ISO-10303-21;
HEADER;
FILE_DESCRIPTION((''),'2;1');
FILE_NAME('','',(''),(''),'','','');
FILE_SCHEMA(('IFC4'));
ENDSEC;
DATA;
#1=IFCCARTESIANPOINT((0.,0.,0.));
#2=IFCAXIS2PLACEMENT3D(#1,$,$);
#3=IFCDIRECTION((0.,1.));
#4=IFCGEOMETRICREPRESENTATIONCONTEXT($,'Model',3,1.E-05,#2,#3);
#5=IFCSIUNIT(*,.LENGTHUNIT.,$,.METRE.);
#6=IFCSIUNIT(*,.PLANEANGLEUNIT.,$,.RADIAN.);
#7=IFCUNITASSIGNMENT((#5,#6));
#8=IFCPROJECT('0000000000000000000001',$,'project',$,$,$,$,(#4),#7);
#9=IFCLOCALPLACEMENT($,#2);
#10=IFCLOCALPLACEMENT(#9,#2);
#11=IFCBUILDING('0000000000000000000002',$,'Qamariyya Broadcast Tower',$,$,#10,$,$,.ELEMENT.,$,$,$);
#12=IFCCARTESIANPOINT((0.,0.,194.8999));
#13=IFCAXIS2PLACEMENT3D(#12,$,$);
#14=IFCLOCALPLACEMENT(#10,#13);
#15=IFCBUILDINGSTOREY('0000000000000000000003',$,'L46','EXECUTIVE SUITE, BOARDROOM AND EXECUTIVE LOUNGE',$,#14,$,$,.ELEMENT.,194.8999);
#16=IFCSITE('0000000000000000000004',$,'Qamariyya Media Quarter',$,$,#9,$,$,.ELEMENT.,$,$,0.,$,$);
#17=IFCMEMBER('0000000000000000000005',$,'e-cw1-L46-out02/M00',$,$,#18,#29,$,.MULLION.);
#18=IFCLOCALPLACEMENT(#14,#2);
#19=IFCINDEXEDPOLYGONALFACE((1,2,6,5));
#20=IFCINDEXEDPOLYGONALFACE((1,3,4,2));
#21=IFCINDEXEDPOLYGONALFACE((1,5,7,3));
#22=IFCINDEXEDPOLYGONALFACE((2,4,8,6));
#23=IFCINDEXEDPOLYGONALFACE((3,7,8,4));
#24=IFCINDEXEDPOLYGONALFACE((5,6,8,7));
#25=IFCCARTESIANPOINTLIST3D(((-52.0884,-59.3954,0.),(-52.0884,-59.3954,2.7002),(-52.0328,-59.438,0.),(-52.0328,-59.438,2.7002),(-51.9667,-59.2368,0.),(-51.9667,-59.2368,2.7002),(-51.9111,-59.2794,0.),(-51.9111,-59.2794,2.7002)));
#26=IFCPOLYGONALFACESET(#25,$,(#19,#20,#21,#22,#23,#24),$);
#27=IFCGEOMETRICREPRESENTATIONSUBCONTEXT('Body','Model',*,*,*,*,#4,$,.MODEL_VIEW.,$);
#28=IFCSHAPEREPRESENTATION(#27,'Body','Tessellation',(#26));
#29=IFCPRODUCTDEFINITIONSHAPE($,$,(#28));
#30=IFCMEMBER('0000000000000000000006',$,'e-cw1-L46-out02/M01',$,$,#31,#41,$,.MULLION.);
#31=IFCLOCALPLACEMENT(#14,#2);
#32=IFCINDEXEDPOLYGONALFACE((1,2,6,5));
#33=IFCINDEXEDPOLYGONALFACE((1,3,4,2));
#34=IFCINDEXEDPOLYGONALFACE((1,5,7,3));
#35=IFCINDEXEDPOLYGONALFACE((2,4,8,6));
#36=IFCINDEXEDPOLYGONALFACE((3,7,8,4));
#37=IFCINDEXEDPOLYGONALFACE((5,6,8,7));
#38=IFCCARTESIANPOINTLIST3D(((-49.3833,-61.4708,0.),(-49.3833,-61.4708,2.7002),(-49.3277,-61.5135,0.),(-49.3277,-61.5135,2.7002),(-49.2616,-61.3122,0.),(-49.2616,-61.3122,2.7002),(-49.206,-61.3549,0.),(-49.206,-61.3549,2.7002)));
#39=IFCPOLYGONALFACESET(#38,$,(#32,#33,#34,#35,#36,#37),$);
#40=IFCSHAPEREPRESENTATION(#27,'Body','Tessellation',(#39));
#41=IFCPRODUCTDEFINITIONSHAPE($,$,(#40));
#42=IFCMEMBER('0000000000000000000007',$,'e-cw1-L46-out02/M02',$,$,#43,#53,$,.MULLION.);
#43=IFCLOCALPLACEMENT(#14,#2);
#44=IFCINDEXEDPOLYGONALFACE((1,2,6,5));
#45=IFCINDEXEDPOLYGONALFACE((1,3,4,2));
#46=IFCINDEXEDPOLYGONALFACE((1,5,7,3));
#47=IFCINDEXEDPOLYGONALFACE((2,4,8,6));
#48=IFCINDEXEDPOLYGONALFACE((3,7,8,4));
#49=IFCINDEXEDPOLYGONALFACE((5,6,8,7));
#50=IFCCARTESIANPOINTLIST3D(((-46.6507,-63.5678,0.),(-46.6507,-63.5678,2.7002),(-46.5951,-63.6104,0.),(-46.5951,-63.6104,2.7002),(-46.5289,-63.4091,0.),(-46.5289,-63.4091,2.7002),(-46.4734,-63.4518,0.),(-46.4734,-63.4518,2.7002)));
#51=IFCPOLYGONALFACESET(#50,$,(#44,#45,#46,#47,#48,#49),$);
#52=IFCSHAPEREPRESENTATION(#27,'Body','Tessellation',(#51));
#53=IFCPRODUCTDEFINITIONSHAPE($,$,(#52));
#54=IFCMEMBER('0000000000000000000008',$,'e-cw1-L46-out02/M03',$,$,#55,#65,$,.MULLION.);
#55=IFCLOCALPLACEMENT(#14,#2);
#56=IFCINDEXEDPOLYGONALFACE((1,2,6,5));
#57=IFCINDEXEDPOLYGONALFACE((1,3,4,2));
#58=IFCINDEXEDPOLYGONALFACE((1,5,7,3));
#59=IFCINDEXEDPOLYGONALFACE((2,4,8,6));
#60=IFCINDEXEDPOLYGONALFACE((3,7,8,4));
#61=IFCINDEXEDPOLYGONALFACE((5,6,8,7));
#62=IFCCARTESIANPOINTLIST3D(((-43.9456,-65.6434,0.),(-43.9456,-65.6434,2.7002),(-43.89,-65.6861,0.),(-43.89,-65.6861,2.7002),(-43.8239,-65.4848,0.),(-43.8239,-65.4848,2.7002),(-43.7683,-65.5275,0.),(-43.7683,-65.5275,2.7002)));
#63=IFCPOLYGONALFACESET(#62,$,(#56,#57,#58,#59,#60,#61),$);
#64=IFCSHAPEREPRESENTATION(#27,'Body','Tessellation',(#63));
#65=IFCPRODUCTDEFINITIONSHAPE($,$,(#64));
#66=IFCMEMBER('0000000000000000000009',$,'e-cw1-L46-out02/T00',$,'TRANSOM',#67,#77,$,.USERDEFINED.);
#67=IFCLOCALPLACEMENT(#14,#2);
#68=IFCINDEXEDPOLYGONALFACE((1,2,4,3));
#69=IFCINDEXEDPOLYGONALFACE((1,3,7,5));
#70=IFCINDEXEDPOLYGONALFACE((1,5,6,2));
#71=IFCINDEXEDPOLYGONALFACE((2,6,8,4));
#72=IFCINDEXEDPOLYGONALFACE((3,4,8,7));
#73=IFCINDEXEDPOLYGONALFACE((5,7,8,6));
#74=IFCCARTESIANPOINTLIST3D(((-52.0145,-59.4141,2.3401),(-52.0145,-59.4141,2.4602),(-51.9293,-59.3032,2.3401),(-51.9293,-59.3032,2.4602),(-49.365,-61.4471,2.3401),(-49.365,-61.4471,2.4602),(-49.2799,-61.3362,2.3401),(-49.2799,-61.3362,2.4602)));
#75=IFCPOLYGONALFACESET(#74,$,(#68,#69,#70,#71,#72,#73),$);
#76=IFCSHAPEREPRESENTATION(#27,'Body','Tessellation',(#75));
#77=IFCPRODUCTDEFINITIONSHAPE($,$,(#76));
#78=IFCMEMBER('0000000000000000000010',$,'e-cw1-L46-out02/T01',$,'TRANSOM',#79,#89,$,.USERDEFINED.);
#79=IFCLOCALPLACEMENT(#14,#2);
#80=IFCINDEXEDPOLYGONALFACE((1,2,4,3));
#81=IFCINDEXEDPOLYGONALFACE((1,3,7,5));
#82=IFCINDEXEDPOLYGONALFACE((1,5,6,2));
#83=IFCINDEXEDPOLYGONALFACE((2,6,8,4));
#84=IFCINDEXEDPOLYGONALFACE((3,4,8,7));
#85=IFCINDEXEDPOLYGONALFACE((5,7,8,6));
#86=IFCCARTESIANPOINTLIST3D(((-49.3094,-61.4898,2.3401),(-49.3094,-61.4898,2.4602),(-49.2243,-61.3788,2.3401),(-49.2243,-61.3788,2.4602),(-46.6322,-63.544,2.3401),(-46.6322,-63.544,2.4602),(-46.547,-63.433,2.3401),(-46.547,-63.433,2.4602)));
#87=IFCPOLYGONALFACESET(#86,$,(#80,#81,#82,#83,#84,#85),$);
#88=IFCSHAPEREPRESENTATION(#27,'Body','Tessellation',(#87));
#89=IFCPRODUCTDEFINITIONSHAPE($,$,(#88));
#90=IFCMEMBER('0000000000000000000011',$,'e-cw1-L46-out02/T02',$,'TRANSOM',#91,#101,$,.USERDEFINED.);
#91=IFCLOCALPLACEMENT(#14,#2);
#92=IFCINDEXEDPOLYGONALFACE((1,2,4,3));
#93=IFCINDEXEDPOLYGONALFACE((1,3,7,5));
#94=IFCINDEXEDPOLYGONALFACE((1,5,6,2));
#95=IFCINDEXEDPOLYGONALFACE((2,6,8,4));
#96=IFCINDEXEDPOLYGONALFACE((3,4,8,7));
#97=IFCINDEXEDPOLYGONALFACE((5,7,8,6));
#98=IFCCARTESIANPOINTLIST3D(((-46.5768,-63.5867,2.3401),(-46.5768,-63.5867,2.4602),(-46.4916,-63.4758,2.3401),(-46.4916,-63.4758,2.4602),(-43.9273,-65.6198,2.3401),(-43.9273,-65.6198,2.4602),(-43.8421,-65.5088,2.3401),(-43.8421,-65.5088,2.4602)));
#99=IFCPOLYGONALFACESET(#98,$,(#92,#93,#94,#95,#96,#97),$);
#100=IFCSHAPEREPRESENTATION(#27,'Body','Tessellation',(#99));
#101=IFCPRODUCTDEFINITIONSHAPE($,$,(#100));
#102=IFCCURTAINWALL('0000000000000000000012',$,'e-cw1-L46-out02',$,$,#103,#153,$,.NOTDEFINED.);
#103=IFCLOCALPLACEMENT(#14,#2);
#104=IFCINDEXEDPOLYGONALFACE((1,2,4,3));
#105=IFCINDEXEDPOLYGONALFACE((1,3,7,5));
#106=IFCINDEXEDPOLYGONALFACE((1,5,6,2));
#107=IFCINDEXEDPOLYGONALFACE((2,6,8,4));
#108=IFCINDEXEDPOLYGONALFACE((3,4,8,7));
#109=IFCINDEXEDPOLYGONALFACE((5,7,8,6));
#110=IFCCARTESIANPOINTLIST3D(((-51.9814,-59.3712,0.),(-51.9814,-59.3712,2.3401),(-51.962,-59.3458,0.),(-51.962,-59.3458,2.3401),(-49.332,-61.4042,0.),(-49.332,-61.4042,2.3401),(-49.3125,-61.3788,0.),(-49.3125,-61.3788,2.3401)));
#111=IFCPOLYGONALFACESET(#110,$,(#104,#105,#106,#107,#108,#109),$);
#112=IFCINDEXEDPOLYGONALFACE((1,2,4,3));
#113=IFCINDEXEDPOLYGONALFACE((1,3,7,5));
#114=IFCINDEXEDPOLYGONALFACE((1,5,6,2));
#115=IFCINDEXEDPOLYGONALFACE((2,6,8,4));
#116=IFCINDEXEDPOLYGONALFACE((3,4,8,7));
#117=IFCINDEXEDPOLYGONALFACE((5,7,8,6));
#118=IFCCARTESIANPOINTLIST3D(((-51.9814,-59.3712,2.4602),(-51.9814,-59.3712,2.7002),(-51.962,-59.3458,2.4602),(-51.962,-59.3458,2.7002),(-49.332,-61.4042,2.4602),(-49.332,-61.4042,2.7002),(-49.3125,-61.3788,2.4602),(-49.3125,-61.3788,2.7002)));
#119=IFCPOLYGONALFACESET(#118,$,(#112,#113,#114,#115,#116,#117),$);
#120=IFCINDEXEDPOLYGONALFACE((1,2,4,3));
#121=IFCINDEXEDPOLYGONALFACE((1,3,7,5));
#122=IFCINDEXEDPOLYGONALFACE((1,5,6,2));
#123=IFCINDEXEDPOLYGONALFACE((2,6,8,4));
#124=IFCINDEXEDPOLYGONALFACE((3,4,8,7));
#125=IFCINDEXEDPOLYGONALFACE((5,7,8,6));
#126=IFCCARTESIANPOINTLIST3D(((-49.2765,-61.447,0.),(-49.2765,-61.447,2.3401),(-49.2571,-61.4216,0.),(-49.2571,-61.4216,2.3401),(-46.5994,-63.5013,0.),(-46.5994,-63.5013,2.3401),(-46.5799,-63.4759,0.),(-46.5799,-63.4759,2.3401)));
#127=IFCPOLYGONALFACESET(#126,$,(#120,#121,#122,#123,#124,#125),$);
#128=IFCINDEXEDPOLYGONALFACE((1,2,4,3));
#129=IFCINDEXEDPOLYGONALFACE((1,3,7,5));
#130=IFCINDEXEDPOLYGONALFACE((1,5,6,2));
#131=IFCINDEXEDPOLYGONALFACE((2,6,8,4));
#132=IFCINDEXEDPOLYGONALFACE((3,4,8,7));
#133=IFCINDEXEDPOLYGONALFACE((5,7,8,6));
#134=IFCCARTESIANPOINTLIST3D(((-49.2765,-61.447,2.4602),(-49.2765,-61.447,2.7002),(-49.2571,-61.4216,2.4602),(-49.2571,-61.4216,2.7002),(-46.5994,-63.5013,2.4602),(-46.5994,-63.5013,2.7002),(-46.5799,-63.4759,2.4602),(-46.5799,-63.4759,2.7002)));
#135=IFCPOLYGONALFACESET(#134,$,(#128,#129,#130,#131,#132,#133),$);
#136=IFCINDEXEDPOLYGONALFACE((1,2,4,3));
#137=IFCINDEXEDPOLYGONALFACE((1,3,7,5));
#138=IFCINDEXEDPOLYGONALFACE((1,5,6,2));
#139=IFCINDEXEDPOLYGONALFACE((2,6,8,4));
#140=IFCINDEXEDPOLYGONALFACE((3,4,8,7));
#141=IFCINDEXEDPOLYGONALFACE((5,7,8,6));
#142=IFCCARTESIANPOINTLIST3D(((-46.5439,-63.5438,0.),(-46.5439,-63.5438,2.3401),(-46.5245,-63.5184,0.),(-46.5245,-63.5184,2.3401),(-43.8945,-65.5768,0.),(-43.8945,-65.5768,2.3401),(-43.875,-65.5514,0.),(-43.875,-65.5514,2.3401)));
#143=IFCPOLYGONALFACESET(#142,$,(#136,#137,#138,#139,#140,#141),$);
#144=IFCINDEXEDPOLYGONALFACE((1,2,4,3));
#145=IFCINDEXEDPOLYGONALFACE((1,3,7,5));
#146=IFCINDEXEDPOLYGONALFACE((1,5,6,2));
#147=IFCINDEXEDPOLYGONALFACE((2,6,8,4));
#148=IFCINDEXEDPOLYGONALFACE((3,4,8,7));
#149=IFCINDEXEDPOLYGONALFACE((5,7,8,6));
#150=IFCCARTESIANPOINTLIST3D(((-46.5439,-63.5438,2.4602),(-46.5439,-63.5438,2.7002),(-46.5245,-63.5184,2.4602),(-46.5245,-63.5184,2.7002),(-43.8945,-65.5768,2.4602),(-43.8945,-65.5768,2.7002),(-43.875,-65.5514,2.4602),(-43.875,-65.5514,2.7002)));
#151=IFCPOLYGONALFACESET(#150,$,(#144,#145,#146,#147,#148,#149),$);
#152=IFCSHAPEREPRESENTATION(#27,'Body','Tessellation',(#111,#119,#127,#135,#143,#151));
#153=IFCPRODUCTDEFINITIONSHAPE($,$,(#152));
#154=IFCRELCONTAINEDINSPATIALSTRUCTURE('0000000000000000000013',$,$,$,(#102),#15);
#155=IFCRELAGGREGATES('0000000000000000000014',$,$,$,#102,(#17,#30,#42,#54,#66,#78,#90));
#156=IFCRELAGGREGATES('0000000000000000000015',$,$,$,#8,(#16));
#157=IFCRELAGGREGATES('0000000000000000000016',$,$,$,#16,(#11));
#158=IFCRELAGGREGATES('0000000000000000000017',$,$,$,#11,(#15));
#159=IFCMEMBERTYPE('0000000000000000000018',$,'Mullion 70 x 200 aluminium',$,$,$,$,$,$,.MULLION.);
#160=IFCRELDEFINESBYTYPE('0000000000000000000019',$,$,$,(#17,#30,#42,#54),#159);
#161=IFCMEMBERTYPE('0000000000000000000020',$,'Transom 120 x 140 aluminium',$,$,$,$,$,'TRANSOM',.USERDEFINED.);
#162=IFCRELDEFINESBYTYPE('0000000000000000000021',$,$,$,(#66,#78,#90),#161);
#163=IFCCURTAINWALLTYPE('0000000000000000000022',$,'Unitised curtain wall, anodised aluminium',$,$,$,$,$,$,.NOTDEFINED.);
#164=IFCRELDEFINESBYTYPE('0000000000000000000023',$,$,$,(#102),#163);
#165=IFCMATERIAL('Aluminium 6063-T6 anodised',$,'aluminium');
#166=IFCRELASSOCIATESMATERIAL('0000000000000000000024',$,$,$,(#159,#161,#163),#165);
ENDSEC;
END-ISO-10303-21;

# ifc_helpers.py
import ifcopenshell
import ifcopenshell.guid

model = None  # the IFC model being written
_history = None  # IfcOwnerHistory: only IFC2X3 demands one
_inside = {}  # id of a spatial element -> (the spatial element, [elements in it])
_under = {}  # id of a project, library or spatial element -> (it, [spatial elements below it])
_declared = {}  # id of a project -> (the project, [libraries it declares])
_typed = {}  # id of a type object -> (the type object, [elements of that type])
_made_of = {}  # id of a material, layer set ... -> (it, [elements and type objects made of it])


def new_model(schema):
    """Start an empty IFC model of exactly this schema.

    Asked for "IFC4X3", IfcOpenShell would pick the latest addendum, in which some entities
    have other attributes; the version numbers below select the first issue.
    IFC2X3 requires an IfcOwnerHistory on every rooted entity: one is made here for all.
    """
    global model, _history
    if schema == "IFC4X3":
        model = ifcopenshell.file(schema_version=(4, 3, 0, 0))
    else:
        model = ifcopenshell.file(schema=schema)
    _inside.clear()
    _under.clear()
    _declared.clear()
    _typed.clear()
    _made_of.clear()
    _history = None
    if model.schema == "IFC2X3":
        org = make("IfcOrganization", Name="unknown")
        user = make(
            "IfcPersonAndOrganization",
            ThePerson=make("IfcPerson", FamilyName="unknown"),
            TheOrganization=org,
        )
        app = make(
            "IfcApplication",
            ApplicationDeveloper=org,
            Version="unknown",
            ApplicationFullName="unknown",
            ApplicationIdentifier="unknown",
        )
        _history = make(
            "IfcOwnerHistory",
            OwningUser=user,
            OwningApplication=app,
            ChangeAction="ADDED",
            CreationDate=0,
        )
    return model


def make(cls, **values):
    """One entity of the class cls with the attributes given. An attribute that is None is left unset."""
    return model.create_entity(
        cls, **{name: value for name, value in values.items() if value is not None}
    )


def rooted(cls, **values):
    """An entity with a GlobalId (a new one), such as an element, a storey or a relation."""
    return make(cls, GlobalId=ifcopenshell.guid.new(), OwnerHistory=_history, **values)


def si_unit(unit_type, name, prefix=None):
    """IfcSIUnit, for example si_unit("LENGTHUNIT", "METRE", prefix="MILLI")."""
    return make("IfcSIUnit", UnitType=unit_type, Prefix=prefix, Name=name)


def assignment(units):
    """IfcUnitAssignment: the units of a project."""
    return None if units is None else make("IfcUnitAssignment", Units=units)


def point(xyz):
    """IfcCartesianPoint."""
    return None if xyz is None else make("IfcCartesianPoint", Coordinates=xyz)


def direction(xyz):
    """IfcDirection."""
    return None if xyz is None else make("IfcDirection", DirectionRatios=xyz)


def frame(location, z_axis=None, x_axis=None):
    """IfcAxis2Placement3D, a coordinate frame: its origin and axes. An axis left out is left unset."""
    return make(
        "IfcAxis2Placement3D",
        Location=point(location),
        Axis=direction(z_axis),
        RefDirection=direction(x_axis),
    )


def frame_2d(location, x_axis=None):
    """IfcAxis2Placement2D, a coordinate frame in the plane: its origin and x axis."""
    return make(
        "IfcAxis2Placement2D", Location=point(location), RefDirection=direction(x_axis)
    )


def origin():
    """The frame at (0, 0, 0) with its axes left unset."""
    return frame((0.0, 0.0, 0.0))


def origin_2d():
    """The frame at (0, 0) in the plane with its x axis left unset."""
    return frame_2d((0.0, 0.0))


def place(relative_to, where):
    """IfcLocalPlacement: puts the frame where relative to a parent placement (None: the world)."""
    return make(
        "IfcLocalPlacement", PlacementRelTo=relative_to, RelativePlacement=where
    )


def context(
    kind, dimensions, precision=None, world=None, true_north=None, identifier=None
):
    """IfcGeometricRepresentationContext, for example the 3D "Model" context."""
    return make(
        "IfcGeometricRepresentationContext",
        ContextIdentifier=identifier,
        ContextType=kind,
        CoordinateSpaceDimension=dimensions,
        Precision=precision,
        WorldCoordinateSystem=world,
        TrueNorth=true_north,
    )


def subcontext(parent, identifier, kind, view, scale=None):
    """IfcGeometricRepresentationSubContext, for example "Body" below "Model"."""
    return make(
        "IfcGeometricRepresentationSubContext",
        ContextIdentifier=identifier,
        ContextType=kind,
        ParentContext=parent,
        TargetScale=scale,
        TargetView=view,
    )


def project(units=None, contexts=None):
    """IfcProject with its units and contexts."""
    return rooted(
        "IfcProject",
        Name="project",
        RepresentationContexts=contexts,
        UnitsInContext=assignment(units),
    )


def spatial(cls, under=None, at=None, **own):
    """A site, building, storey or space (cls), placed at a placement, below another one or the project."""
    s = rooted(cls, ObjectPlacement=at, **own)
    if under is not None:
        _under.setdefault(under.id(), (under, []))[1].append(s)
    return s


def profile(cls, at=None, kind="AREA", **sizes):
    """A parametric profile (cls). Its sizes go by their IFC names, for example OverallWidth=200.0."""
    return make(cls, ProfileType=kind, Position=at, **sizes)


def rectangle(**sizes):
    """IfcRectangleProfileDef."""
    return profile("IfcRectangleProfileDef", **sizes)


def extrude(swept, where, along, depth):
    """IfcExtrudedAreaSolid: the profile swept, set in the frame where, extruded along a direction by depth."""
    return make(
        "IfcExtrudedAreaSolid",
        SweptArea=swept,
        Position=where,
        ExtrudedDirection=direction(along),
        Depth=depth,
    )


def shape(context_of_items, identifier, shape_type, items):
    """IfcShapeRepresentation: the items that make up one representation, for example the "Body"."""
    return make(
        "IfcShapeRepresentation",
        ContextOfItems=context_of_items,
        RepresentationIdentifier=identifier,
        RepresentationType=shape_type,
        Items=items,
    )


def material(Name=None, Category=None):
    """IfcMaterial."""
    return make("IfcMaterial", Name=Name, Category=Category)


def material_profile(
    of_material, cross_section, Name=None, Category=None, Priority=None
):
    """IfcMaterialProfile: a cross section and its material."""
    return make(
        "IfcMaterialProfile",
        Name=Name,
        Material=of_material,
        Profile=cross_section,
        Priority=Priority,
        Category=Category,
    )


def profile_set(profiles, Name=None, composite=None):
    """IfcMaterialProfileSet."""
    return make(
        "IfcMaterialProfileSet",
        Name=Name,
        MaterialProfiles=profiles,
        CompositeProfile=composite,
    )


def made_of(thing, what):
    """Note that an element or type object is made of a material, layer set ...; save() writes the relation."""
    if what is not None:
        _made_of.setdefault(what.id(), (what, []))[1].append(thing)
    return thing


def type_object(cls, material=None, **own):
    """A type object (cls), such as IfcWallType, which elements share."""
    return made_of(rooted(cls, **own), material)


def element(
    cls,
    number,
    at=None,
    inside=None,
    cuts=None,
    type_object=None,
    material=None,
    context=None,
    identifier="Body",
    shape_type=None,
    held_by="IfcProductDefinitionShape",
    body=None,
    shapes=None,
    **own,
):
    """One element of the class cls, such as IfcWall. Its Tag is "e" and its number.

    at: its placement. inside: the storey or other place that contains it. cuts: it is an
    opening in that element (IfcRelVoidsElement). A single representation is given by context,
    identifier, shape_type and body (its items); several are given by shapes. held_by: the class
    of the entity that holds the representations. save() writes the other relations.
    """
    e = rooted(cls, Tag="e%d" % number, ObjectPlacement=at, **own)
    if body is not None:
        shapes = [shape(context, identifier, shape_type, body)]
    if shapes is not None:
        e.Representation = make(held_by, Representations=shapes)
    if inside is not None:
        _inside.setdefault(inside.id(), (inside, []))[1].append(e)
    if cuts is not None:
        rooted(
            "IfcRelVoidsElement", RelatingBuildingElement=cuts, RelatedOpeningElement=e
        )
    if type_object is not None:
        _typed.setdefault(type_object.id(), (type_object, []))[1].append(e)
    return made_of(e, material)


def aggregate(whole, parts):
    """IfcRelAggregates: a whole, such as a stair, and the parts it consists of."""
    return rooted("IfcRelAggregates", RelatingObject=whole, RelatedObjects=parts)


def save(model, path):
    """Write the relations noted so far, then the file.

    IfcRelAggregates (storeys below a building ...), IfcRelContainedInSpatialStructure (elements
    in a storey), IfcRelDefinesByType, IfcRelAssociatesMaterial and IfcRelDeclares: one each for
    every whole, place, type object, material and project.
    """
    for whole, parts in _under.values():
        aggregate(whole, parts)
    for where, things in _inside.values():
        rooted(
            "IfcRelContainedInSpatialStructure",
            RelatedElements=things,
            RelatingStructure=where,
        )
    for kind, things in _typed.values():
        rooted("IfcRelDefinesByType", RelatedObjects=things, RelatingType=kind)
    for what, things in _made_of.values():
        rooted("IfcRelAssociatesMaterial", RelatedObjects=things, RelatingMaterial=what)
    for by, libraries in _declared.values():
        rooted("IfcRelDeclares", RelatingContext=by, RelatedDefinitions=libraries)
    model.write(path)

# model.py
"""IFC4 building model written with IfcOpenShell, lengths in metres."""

from ifc_helpers import new_model, si_unit, direction, frame, origin, origin_2d, place, context, subcontext, project, spatial, rectangle, extrude, material, material_profile, profile_set, type_object, element, aggregate, save


model = new_model("IFC4")

# Units and contexts
model_context = context("Model", 3, precision=1e-05, world=origin(), true_north=direction((0.0, 1.0)))
body_context = subcontext(model_context, "Body", "Model", "MODEL_VIEW")
ifc_project = project(units=[si_unit("LENGTHUNIT", "METRE"), si_unit("PLANEANGLEUNIT", "RADIAN")], contexts=[model_context])

# Members
ifc_material = material(Name="Aluminium 6063-T6 anodised", Category="aluminium")
ifc_material_profile_1 = material_profile(ifc_material, rectangle(XDim=0.2, YDim=0.0701, at=origin_2d()))
ifc_profile_set_1 = profile_set([ifc_material_profile_1], Name="Aluminium 6063-T6 anodised")
member_type_1 = type_object("IfcMemberType", Name="Mullion 70 x 200 aluminium", PredefinedType="MULLION", material=ifc_profile_set_1)
site_placement = place(None, origin())
building_placement = place(site_placement, origin())
storey_placement = place(building_placement, frame((0.0, 0.0, 194.8999)))
member_1_placement = place(storey_placement, frame((-51.9998, -59.3374, 0.0), z_axis=(0.0, 0.0, 1.0), x_axis=(0.608761, 0.793353, 0.0)))
member_1 = element("IfcMember", 1, at=member_1_placement, type_object=member_type_1, Name="e-cw1-L46-out02/M00", PredefinedType="MULLION", context=body_context, shape_type="SweptSolid", body=[
    extrude(rectangle(XDim=0.2, YDim=0.0701, at=origin_2d()), origin(), (0.0, 0.0, 1.0), 2.7002),
])
member_2_placement = place(storey_placement, frame((-49.2947, -61.4128, 0.0), z_axis=(0.0, 0.0, 1.0), x_axis=(0.608761, 0.793353, 0.0)))
member_2 = element("IfcMember", 2, at=member_2_placement, type_object=member_type_1, Name="e-cw1-L46-out02/M01", PredefinedType="MULLION", context=body_context, shape_type="SweptSolid", body=[
    extrude(rectangle(XDim=0.2, YDim=0.0701, at=origin_2d()), origin(), (0.0, 0.0, 1.0), 2.7002),
])
member_3_placement = place(storey_placement, frame((-46.562, -63.5098, 0.0), z_axis=(0.0, 0.0, 1.0), x_axis=(0.608761, 0.793353, 0.0)))
member_3 = element("IfcMember", 3, at=member_3_placement, type_object=member_type_1, Name="e-cw1-L46-out02/M02", PredefinedType="MULLION", context=body_context, shape_type="SweptSolid", body=[
    extrude(rectangle(XDim=0.2, YDim=0.0701, at=origin_2d()), origin(), (0.0, 0.0, 1.0), 2.7002),
])
member_4_placement = place(storey_placement, frame((-43.8569, -65.5854, 0.0), z_axis=(0.0, 0.0, 1.0), x_axis=(0.608761, 0.793353, 0.0)))
member_4 = element("IfcMember", 4, at=member_4_placement, type_object=member_type_1, Name="e-cw1-L46-out02/M03", PredefinedType="MULLION", context=body_context, shape_type="SweptSolid", body=[
    extrude(rectangle(XDim=0.2, YDim=0.0701, at=origin_2d()), origin(), (0.0, 0.0, 1.0), 2.7002),
])
ifc_material_profile_2 = material_profile(ifc_material, rectangle(XDim=0.1399, YDim=0.1201, at=origin_2d()))
ifc_profile_set_2 = profile_set([ifc_material_profile_2], Name="Aluminium 6063-T6 anodised")
member_type_2 = type_object("IfcMemberType", Name="Transom 120 x 140 aluminium", ElementType="TRANSOM", PredefinedType="USERDEFINED", material=ifc_profile_set_2)
member_5_placement = place(storey_placement, frame((-51.9719, -59.3586, 2.4001), z_axis=(0.793354, -0.60876, 0.0), x_axis=(0.60876, 0.793354, 0.0)))
member_5 = element("IfcMember", 5, at=member_5_placement, type_object=member_type_2, Name="e-cw1-L46-out02/T00", ObjectType="TRANSOM", PredefinedType="USERDEFINED", context=body_context, shape_type="SweptSolid", body=[
    extrude(rectangle(XDim=0.1399, YDim=0.1201, at=origin_2d()), origin(), (0.0, 0.0, 1.0), 3.3396),
])
member_6_placement = place(storey_placement, frame((-49.2668, -61.4343, 2.4001), z_axis=(0.793371, -0.608738, 0.0), x_axis=(0.608738, 0.793371, 0.0)))
member_6 = element("IfcMember", 6, at=member_6_placement, type_object=member_type_2, Name="e-cw1-L46-out02/T01", ObjectType="TRANSOM", PredefinedType="USERDEFINED", context=body_context, shape_type="SweptSolid", body=[
    extrude(rectangle(XDim=0.1399, YDim=0.1201, at=origin_2d()), origin(), (0.0, 0.0, 1.0), 3.3745),
])
member_7_placement = place(storey_placement, frame((-46.5342, -63.5312, 2.4001), z_axis=(0.793354, -0.60876, 0.0), x_axis=(0.60876, 0.793354, 0.0)))
member_7 = element("IfcMember", 7, at=member_7_placement, type_object=member_type_2, Name="e-cw1-L46-out02/T02", ObjectType="TRANSOM", PredefinedType="USERDEFINED", context=body_context, shape_type="SweptSolid", body=[
    extrude(rectangle(XDim=0.1399, YDim=0.1201, at=origin_2d()), origin(), (0.0, 0.0, 1.0), 3.3396),
])

# Site, building, storey
site = spatial("IfcSite", under=ifc_project, at=site_placement, Name="Qamariyya Media Quarter", CompositionType="ELEMENT", RefElevation=0.0)
building = spatial("IfcBuilding", under=site, at=building_placement, Name="Qamariyya Broadcast Tower", CompositionType="ELEMENT")
storey = spatial("IfcBuildingStorey", under=building, at=storey_placement, Name="L46", Description="EXECUTIVE SUITE, BOARDROOM AND EXECUTIVE LOUNGE", CompositionType="ELEMENT", Elevation=194.8999)

# Curtain wall
curtain_wall_type = type_object("IfcCurtainWallType", Name="Unitised curtain wall, anodised aluminium", PredefinedType="NOTDEFINED", material=ifc_material)
curtain_wall_1_placement = place(storey_placement, origin())
curtain_wall_1 = element("IfcCurtainWall", 8, at=curtain_wall_1_placement, inside=storey, type_object=curtain_wall_type, Name="e-cw1-L46-out02", PredefinedType="NOTDEFINED", context=body_context, shape_type="SweptSolid", body=[
    extrude(rectangle(XDim=3.3396, YDim=0.032, at=origin_2d()), frame((-50.647, -60.375, 0.0), x_axis=(0.793352, -0.608764, 0.0)), (0.0, 0.0, 1.0), 2.3401),
    extrude(rectangle(XDim=3.3396, YDim=0.032, at=origin_2d()), frame((-50.647, -60.375, 2.4602), x_axis=(0.793352, -0.608764, 0.0)), (0.0, 0.0, 1.0), 0.24),
    extrude(rectangle(XDim=3.3745, YDim=0.032, at=origin_2d()), frame((-47.9282, -62.4614, 0.0), x_axis=(0.793352, -0.608764, 0.0)), (0.0, 0.0, 1.0), 2.3401),
    extrude(rectangle(XDim=3.3745, YDim=0.032, at=origin_2d()), frame((-47.9282, -62.4614, 2.4602), x_axis=(0.793352, -0.608764, 0.0)), (0.0, 0.0, 1.0), 0.24),
    extrude(rectangle(XDim=3.3396, YDim=0.032, at=origin_2d()), frame((-45.2095, -64.5476, 0.0), x_axis=(0.793352, -0.608764, 0.0)), (0.0, 0.0, 1.0), 2.3401),
    extrude(rectangle(XDim=3.3396, YDim=0.032, at=origin_2d()), frame((-45.2095, -64.5476, 2.4602), x_axis=(0.793352, -0.608764, 0.0)), (0.0, 0.0, 1.0), 0.24),
])
aggregate(curtain_wall_1, [member_1, member_2, member_3, member_4, member_5, member_6, member_7])

save(model, "model.ifc")
